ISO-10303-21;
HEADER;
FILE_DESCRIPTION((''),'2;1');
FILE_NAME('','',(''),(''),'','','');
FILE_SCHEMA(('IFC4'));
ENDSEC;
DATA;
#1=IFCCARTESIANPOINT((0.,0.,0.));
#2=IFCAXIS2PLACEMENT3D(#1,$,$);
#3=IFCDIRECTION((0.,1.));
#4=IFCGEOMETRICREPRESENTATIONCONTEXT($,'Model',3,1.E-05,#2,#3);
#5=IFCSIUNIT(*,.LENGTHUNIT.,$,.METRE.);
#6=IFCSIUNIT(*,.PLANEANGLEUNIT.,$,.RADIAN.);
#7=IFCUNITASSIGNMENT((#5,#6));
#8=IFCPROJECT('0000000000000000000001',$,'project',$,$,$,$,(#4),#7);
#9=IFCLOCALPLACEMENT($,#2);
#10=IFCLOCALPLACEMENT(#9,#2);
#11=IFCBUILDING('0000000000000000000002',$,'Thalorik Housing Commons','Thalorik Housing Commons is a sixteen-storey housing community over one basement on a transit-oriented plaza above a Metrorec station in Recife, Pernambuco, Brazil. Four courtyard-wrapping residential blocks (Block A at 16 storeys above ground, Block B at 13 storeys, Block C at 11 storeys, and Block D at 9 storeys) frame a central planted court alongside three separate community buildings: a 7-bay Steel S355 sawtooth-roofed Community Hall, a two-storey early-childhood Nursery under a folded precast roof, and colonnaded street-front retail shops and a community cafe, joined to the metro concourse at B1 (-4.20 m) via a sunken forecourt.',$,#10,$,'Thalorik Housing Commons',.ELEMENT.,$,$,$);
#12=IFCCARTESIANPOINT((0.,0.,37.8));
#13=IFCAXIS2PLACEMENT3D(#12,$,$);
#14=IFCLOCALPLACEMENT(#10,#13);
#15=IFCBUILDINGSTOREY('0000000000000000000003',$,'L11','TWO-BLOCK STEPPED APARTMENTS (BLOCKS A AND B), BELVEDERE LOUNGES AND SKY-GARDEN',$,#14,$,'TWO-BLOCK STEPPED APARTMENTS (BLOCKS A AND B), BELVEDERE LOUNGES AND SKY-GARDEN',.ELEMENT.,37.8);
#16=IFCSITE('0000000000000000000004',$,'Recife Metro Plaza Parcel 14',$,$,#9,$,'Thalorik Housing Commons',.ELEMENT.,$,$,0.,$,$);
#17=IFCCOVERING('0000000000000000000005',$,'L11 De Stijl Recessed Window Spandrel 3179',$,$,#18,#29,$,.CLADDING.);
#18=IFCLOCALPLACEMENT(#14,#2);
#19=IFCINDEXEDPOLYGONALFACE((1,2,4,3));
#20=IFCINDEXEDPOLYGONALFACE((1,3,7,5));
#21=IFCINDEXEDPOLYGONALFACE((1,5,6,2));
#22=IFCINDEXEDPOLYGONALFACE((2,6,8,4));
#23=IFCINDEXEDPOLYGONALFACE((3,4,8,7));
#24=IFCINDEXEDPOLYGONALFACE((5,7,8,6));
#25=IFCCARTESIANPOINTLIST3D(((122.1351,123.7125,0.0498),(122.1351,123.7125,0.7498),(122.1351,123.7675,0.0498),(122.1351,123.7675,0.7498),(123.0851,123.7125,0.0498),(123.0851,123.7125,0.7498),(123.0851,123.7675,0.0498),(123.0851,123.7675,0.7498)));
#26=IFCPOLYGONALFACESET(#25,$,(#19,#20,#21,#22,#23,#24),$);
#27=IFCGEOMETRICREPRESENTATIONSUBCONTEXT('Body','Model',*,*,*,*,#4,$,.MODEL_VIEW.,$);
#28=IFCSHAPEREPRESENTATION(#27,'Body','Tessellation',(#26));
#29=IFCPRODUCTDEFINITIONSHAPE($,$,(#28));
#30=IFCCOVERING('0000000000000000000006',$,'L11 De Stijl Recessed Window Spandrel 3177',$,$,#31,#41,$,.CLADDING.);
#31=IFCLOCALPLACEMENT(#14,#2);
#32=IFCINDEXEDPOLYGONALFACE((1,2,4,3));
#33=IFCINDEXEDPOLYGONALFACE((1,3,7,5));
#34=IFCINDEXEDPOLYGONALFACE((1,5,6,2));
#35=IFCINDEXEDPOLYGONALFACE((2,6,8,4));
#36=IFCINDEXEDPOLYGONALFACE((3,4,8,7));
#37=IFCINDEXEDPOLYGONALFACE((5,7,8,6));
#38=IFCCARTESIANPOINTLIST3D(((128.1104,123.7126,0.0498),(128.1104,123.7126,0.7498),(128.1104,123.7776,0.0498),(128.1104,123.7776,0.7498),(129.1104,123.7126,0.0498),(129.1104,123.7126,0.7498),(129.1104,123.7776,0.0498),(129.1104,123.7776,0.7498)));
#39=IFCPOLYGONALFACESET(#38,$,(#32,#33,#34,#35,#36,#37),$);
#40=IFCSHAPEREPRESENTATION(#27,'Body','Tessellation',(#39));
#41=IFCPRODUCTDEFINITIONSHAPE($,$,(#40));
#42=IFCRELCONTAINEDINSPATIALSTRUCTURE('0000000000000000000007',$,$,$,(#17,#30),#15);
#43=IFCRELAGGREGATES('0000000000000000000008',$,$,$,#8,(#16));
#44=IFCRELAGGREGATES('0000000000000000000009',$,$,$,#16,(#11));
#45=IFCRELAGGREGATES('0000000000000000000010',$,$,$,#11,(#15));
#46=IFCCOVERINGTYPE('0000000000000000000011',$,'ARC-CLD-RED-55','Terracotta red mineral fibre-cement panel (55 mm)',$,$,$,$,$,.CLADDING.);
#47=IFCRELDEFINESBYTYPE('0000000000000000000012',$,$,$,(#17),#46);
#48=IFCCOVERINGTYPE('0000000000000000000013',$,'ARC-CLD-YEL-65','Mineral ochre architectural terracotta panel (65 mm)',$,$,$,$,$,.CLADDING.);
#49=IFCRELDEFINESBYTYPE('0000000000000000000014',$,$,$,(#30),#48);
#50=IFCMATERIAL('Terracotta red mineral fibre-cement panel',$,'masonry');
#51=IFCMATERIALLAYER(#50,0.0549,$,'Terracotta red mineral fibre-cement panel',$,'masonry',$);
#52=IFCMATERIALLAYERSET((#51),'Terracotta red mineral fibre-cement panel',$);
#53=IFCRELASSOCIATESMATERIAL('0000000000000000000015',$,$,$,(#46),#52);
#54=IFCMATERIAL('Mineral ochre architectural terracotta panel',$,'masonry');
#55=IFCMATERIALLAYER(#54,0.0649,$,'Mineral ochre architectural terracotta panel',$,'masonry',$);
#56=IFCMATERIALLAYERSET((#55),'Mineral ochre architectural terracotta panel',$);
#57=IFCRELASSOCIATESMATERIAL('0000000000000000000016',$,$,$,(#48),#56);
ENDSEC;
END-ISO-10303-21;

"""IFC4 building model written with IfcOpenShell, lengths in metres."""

from ifc_helpers import new_model, si_unit, direction, frame, origin, origin_2d, place, context, subcontext, project, spatial, rectangle, extrude, material, layer, layer_set, type_object, element, save


model = new_model("IFC4")

# Units and contexts
model_context = context("Model", 3, precision=1e-05, world=origin(), true_north=direction((0.0, 1.0)))
body_context = subcontext(model_context, "Body", "Model", "MODEL_VIEW")
ifc_project = project(units=[si_unit("LENGTHUNIT", "METRE"), si_unit("PLANEANGLEUNIT", "RADIAN")], contexts=[model_context])

# Site, building, storey
site_placement = place(None, origin())
site = spatial("IfcSite", under=ifc_project, at=site_placement, Name="Recife Metro Plaza Parcel 14", LongName="Thalorik Housing Commons", CompositionType="ELEMENT", RefElevation=0.0)
building_placement = place(site_placement, origin())
building = spatial("IfcBuilding", under=site, at=building_placement, Name="Thalorik Housing Commons", Description="Thalorik Housing Commons is a sixteen-storey housing community over one basement on a transit-oriented plaza above a Metrorec station in Recife, Pernambuco, Brazil. Four courtyard-wrapping residential blocks (Block A at 16 storeys above ground, Block B at 13 storeys, Block C at 11 storeys, and Block D at 9 storeys) frame a central planted court alongside three separate community buildings: a 7-bay Steel S355 sawtooth-roofed Community Hall, a two-storey early-childhood Nursery under a folded precast roof, and colonnaded street-front retail shops and a community cafe, joined to the metro concourse at B1 (-4.20 m) via a sunken forecourt.", LongName="Thalorik Housing Commons", CompositionType="ELEMENT")
storey_placement = place(building_placement, frame((0.0, 0.0, 37.8)))
storey = spatial("IfcBuildingStorey", under=building, at=storey_placement, Name="L11", Description="TWO-BLOCK STEPPED APARTMENTS (BLOCKS A AND B), BELVEDERE LOUNGES AND SKY-GARDEN", LongName="TWO-BLOCK STEPPED APARTMENTS (BLOCKS A AND B), BELVEDERE LOUNGES AND SKY-GARDEN", CompositionType="ELEMENT", Elevation=37.8)

# Coverings
ifc_material_1 = material(Name="Terracotta red mineral fibre-cement panel", Category="masonry")
ifc_layer_1 = layer(ifc_material_1, 0.0549, Name="Terracotta red mineral fibre-cement panel", Category="masonry")
ifc_layer_set_1 = layer_set([ifc_layer_1], Name="Terracotta red mineral fibre-cement panel")
covering_type_1 = type_object("IfcCoveringType", Name="ARC-CLD-RED-55", Description="Terracotta red mineral fibre-cement panel (55 mm)", PredefinedType="CLADDING", material=ifc_layer_set_1)
covering_1_placement = place(storey_placement, frame((122.6101, 123.74, 0.0498), z_axis=(0.0, 0.0, 1.0), x_axis=(-1.0, 0.0, 0.0)))
element("IfcCovering", 1, at=covering_1_placement, inside=storey, type_object=covering_type_1, Name="L11 De Stijl Recessed Window Spandrel 3179", PredefinedType="CLADDING", context=body_context, shape_type="SweptSolid", body=[
    extrude(rectangle(XDim=0.95, YDim=0.0549, at=origin_2d()), origin(), (0.0, 0.0, 1.0), 0.7),
])
ifc_material_2 = material(Name="Mineral ochre architectural terracotta panel", Category="masonry")
ifc_layer_2 = layer(ifc_material_2, 0.0649, Name="Mineral ochre architectural terracotta panel", Category="masonry")
ifc_layer_set_2 = layer_set([ifc_layer_2], Name="Mineral ochre architectural terracotta panel")
covering_type_2 = type_object("IfcCoveringType", Name="ARC-CLD-YEL-65", Description="Mineral ochre architectural terracotta panel (65 mm)", PredefinedType="CLADDING", material=ifc_layer_set_2)
covering_2_placement = place(storey_placement, frame((128.6104, 123.7451, 0.0498), z_axis=(0.0, 0.0, 1.0), x_axis=(-1.0, 0.0, 0.0)))
element("IfcCovering", 2, at=covering_2_placement, inside=storey, type_object=covering_type_2, Name="L11 De Stijl Recessed Window Spandrel 3177", PredefinedType="CLADDING", context=body_context, shape_type="SweptSolid", body=[
    extrude(rectangle(XDim=1.0, YDim=0.0649, at=origin_2d()), origin(), (0.0, 0.0, 1.0), 0.7),
])

save(model, "model.ifc")
